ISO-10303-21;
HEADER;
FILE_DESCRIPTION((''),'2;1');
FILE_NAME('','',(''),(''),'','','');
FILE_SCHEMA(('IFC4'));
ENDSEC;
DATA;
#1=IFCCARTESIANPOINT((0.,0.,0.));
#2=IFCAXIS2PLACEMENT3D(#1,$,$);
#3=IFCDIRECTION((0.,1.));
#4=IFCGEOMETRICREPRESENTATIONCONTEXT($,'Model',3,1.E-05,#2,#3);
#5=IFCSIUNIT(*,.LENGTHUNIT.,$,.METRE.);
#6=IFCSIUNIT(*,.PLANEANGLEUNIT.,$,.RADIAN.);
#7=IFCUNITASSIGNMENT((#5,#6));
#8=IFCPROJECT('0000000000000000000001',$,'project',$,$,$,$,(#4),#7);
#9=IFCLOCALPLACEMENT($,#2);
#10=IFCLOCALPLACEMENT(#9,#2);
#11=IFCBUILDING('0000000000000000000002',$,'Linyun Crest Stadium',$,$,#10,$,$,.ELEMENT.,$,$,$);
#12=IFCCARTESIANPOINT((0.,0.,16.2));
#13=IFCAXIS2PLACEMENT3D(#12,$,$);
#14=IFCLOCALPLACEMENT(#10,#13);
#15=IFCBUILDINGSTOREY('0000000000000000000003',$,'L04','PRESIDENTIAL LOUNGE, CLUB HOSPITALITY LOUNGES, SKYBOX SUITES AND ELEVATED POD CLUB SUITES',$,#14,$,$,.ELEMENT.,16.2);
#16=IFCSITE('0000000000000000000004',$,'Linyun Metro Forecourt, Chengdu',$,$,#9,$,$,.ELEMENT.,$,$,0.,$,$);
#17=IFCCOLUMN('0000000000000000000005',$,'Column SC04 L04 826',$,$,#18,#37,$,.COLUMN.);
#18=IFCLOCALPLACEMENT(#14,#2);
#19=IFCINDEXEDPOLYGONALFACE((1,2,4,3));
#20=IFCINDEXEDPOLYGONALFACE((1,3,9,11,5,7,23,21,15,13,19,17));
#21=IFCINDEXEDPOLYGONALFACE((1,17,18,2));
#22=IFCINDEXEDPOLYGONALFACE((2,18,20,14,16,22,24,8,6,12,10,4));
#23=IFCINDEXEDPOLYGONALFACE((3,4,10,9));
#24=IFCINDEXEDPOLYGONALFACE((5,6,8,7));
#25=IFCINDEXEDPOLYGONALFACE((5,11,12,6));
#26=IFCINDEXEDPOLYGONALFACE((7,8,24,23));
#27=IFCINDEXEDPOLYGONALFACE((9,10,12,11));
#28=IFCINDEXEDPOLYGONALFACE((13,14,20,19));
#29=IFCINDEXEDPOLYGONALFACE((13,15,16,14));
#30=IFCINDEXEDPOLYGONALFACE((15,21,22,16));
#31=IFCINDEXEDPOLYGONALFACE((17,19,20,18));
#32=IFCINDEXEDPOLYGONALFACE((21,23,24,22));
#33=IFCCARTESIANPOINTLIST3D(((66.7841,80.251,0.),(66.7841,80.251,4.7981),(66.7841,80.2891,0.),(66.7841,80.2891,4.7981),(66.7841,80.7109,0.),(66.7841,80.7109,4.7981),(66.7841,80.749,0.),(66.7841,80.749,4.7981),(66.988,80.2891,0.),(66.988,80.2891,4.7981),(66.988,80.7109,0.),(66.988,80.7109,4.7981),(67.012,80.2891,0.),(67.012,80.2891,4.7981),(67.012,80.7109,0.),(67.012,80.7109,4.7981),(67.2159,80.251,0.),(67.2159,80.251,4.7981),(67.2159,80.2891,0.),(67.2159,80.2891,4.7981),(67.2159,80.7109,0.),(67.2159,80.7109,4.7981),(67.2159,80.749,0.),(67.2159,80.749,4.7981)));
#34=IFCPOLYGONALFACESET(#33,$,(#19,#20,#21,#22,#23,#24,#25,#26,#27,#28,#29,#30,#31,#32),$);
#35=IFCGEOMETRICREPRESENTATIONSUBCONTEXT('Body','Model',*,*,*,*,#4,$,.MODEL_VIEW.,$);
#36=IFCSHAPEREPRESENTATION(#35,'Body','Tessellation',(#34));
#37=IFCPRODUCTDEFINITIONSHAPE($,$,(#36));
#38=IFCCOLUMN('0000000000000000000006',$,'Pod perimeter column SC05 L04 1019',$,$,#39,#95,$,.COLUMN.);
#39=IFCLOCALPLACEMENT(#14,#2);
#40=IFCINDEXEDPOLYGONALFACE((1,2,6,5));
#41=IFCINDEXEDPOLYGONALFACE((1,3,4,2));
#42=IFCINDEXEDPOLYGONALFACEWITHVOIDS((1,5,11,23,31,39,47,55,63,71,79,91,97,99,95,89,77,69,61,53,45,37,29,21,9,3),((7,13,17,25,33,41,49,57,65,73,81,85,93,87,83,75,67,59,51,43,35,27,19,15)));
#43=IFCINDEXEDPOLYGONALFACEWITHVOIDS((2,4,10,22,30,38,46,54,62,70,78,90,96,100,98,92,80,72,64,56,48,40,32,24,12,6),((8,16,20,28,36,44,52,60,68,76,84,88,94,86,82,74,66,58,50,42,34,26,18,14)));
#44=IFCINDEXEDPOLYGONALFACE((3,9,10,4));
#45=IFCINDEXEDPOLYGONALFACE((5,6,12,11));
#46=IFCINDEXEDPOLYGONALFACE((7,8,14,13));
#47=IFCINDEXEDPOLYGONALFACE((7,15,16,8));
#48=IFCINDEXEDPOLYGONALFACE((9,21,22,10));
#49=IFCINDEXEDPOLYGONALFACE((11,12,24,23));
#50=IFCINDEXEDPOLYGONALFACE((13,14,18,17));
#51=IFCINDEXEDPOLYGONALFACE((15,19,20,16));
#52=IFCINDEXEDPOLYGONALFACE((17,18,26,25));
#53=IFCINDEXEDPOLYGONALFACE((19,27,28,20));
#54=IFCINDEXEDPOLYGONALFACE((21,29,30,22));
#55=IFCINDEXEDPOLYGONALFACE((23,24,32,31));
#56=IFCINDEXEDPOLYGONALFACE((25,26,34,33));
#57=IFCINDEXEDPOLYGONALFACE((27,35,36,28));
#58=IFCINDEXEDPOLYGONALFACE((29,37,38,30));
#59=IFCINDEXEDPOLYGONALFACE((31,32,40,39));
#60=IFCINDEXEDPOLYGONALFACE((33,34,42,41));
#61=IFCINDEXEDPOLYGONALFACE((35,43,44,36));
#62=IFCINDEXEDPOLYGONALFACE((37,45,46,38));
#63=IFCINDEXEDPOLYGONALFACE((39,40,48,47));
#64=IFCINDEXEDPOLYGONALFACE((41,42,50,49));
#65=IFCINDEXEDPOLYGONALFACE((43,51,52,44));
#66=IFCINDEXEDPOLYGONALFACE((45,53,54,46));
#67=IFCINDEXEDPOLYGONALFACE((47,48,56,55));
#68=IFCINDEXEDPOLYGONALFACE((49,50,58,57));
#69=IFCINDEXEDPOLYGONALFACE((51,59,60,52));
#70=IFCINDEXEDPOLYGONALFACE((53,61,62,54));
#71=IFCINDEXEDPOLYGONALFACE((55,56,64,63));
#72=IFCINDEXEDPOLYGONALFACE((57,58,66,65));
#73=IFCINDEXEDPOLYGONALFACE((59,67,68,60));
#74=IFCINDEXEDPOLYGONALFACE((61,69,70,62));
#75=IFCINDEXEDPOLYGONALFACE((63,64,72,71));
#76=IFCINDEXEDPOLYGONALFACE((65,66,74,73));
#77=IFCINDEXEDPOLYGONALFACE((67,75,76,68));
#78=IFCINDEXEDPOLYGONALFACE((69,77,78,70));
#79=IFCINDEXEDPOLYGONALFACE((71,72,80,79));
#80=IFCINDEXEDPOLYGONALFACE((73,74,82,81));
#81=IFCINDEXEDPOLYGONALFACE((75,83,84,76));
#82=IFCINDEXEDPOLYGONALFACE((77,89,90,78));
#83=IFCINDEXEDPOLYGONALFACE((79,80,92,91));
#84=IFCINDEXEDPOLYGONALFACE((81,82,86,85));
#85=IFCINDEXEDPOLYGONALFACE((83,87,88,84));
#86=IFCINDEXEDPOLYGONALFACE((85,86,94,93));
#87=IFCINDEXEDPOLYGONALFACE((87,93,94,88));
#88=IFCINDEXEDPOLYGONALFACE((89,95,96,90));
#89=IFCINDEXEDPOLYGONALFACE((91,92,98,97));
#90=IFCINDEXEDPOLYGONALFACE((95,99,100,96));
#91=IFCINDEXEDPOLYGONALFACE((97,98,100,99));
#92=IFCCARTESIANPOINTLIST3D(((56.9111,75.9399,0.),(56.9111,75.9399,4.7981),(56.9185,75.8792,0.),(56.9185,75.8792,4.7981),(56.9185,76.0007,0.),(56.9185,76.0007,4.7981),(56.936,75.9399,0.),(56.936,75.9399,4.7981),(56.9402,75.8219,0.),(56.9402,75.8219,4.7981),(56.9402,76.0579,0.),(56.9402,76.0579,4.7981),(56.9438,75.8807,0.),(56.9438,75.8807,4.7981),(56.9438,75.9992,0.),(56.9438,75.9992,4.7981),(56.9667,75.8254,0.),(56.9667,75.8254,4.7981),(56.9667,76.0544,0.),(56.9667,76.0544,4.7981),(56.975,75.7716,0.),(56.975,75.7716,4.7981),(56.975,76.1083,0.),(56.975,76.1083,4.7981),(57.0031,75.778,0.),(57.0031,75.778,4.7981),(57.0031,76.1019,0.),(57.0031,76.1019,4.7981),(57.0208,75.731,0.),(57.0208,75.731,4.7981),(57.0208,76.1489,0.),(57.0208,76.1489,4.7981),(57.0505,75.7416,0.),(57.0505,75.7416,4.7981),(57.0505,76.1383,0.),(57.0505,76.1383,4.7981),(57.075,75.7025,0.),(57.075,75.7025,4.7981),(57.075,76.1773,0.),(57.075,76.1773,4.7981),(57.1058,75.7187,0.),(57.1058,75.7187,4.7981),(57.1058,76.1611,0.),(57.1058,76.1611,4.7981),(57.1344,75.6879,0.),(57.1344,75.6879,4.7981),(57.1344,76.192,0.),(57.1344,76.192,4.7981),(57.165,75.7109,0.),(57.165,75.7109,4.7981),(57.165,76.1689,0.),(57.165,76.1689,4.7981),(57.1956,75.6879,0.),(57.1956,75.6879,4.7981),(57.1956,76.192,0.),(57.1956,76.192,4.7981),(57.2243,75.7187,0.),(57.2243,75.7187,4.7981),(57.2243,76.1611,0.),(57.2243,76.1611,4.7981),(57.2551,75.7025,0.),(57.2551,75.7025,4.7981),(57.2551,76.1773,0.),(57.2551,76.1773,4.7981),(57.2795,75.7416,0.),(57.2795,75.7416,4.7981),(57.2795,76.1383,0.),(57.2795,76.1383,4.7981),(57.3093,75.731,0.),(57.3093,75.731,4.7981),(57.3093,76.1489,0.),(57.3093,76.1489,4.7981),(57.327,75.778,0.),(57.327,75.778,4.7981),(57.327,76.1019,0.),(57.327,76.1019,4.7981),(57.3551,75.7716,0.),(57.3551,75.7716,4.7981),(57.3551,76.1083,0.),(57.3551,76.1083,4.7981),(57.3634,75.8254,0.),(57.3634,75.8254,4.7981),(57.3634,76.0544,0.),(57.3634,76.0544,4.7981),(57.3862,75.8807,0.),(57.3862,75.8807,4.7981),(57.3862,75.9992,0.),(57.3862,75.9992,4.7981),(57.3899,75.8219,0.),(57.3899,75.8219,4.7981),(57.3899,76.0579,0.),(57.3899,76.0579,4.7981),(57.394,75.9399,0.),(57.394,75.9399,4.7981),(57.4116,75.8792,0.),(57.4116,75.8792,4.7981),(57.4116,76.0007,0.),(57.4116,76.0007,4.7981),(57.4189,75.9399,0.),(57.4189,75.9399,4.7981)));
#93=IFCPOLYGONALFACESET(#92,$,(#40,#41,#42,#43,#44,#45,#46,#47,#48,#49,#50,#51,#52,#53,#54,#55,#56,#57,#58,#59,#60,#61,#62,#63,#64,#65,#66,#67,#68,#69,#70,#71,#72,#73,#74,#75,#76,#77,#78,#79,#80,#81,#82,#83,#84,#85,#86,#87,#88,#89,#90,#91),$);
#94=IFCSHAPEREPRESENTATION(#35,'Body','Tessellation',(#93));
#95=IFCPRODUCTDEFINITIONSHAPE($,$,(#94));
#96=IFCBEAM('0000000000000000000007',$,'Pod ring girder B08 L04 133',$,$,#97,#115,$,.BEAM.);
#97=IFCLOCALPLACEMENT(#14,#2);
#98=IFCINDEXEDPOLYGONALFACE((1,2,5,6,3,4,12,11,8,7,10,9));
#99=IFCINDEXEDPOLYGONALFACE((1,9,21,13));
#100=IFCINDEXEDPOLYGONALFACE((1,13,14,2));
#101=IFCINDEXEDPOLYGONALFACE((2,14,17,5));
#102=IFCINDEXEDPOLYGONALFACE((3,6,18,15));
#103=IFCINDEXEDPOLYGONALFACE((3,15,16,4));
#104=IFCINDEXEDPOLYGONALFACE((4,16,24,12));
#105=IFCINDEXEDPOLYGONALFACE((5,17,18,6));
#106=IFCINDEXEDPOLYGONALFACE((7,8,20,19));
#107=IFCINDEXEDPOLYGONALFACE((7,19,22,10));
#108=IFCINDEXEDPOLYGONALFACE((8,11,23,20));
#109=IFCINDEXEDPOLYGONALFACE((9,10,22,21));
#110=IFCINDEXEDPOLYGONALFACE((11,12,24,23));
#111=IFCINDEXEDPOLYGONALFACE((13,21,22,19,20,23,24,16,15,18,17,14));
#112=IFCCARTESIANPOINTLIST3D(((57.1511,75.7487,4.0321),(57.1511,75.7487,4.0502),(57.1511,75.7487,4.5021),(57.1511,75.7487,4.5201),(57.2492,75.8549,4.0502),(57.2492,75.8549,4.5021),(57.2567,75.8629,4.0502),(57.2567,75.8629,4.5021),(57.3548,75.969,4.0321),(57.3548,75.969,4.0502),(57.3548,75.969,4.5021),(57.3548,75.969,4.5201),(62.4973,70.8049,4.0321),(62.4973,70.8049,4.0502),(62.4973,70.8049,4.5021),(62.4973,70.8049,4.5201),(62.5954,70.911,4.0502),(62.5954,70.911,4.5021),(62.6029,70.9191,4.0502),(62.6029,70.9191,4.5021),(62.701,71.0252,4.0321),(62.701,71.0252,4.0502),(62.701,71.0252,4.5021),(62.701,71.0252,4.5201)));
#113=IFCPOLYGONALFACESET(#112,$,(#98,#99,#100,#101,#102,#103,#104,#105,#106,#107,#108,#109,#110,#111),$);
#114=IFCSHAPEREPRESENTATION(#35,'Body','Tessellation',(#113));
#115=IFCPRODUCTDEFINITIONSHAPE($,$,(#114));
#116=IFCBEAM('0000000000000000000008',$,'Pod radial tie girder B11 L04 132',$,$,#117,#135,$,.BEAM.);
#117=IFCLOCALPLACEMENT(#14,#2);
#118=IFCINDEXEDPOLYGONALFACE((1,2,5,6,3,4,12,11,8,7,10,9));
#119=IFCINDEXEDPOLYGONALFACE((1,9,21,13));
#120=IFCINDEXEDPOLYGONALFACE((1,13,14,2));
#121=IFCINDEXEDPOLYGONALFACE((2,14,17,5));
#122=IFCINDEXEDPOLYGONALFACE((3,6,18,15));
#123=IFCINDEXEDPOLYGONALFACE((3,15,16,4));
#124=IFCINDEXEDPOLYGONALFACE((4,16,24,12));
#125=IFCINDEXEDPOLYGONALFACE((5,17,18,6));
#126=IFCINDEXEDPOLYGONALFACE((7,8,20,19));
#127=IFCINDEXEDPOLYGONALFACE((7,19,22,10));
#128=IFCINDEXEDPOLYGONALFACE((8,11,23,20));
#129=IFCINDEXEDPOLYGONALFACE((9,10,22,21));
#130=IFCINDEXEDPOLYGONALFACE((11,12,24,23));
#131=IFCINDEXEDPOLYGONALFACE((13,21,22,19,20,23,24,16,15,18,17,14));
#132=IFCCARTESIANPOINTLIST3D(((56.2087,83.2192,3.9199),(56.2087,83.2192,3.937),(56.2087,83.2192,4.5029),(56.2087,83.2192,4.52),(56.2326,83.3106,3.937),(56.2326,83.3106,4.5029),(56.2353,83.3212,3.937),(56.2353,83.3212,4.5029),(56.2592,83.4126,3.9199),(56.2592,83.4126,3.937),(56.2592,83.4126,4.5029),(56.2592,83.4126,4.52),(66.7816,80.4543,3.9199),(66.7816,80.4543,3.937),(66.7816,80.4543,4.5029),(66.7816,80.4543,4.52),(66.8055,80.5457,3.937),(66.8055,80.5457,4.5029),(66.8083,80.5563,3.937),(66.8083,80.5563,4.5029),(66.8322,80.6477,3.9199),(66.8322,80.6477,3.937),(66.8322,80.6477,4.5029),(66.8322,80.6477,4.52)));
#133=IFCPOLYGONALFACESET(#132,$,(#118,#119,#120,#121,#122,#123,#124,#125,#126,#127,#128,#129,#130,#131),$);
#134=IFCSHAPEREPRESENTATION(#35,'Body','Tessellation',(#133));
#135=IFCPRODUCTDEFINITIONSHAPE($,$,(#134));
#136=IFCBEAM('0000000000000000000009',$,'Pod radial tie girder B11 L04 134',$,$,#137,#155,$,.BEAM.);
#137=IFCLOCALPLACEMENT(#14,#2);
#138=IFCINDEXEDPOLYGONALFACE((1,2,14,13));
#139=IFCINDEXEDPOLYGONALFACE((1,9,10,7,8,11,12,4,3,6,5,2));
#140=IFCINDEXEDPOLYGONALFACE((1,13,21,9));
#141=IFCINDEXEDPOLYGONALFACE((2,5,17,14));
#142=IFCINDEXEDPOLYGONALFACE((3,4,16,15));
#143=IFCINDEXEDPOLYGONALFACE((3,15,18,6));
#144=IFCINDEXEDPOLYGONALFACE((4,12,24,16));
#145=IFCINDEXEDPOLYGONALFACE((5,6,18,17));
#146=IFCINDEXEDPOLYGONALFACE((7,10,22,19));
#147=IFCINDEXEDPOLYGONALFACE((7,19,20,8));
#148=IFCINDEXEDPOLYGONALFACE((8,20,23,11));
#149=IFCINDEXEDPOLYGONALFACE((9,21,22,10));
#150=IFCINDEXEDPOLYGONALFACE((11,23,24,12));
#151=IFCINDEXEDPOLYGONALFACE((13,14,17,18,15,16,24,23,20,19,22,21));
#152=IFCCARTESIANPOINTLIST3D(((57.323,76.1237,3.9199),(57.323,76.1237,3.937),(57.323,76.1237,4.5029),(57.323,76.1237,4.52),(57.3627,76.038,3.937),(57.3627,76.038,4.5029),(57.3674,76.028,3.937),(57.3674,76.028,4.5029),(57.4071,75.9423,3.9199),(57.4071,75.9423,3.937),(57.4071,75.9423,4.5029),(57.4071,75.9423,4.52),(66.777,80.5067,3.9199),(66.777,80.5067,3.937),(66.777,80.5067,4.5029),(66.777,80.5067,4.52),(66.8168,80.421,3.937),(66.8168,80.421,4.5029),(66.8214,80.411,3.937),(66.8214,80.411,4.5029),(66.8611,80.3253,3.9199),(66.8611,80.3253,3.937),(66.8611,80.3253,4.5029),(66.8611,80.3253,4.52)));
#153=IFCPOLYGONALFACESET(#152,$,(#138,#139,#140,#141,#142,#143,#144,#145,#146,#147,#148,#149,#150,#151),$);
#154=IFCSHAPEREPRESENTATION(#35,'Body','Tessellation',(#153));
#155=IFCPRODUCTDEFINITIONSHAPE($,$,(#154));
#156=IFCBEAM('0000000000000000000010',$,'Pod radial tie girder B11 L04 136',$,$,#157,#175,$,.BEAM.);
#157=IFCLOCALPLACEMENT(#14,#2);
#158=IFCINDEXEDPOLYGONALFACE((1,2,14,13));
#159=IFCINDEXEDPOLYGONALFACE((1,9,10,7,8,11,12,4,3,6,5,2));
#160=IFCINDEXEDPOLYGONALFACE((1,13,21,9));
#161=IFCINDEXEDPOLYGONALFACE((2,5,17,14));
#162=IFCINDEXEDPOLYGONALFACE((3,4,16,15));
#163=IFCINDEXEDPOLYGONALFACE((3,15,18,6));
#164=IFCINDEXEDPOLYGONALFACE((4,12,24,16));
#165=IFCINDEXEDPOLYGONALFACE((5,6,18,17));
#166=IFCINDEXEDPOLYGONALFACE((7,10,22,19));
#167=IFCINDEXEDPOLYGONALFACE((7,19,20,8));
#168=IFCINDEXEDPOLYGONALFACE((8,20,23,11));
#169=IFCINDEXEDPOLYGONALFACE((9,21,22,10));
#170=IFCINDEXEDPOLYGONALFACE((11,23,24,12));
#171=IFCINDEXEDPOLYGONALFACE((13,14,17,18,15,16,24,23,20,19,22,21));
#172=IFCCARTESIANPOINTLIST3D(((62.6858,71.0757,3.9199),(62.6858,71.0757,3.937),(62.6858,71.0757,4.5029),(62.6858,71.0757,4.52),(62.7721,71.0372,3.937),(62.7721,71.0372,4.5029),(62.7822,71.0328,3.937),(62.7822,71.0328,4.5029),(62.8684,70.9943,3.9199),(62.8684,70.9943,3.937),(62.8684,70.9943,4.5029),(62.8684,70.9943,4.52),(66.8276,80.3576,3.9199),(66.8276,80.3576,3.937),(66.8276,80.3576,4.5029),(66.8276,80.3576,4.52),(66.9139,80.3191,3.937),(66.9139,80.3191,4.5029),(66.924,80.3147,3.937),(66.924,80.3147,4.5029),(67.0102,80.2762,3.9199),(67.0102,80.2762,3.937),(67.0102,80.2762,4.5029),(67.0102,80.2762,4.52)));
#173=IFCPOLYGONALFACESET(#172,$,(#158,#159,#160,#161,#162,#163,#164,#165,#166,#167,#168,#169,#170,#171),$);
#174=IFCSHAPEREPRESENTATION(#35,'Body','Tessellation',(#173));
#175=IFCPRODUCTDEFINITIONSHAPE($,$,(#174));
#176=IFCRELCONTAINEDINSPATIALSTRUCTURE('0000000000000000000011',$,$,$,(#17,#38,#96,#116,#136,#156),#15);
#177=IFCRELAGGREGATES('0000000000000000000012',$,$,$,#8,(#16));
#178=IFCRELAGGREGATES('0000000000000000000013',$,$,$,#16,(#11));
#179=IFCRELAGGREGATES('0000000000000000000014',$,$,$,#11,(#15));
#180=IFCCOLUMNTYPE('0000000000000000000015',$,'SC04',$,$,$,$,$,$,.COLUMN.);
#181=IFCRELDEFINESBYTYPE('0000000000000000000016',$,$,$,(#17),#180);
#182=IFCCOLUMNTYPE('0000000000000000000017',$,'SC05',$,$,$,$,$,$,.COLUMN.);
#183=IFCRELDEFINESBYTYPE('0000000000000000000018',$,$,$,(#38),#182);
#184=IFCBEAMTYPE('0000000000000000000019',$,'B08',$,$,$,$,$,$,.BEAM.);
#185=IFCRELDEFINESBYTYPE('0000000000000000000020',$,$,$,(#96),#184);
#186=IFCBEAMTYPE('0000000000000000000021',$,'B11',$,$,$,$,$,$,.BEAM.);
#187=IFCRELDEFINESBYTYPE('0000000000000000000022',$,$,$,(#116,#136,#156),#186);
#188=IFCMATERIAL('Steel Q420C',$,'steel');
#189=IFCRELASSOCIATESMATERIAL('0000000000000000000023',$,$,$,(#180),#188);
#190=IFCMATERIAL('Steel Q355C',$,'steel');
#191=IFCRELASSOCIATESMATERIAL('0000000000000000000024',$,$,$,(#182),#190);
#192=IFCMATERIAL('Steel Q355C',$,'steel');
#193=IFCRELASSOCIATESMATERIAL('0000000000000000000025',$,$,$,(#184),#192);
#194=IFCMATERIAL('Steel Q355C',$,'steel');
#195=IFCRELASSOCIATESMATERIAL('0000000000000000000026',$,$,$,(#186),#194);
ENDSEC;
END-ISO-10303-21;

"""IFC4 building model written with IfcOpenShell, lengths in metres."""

from ifc_helpers import new_model, si_unit, direction, frame, origin, origin_2d, place, context, subcontext, project, spatial, hollow_circle, i_section, extrude, material, material_profile, profile_set, type_object, element, save


model = new_model("IFC4")

# Units and contexts
model_context = context("Model", 3, precision=1e-05, world=origin(), true_north=direction((0.0, 1.0)))
body_context = subcontext(model_context, "Body", "Model", "MODEL_VIEW")
ifc_project = project(units=[si_unit("LENGTHUNIT", "METRE"), si_unit("PLANEANGLEUNIT", "RADIAN")], contexts=[model_context])

# Site, building, storey
site_placement = place(None, origin())
site = spatial("IfcSite", under=ifc_project, at=site_placement, Name="Linyun Metro Forecourt, Chengdu", CompositionType="ELEMENT", RefElevation=0.0)
building_placement = place(site_placement, origin())
building = spatial("IfcBuilding", under=site, at=building_placement, Name="Linyun Crest Stadium", CompositionType="ELEMENT")
storey_placement = place(building_placement, frame((0.0, 0.0, 16.2)))
storey = spatial("IfcBuildingStorey", under=building, at=storey_placement, Name="L04", Description="PRESIDENTIAL LOUNGE, CLUB HOSPITALITY LOUNGES, SKYBOX SUITES AND ELEVATED POD CLUB SUITES", CompositionType="ELEMENT", Elevation=16.2)

# Columns
ifc_material_1 = material(Name="Steel Q420C", Category="steel")
ifc_material_profile_1 = material_profile(ifc_material_1, i_section(OverallWidth=0.4319, OverallDepth=0.498, WebThickness=0.0239, FlangeThickness=0.0381, at=origin_2d()), Name="HW 498x432")
ifc_profile_set_1 = profile_set([ifc_material_profile_1], Name="Steel Q420C")
column_type_1 = type_object("IfcColumnType", Name="SC04", PredefinedType="COLUMN", material=ifc_profile_set_1)
column_1_placement = place(storey_placement, frame((67.0, 80.5, 0.0), z_axis=(0.0, 0.0, 1.0), x_axis=(1.0, 0.0, 0.0)))
element("IfcColumn", 1, at=column_1_placement, inside=storey, type_object=column_type_1, Name="Column SC04 L04 826", PredefinedType="COLUMN", context=body_context, shape_type="SweptSolid", body=[
    extrude(i_section(OverallWidth=0.4319, OverallDepth=0.498, WebThickness=0.0239, FlangeThickness=0.0381, at=origin_2d()), origin(), (0.0, 0.0, 1.0), 4.7981),
])
ifc_material_2 = material(Name="Steel Q355C", Category="steel")
ifc_material_profile_2 = material_profile(ifc_material_2, hollow_circle(Radius=0.2539, WallThickness=0.0249, at=origin_2d()), Name="CHS 508x25")
ifc_profile_set_2 = profile_set([ifc_material_profile_2], Name="Steel Q355C")
column_type_2 = type_object("IfcColumnType", Name="SC05", PredefinedType="COLUMN", material=ifc_profile_set_2)
column_2_placement = place(storey_placement, frame((57.165, 75.9399, 0.0), z_axis=(0.0, 0.0, 1.0), x_axis=(1.0, 0.0, 0.0)))
element("IfcColumn", 2, at=column_2_placement, inside=storey, type_object=column_type_2, Name="Pod perimeter column SC05 L04 1019", PredefinedType="COLUMN", context=body_context, shape_type="SweptSolid", body=[
    extrude(hollow_circle(Radius=0.2539, WallThickness=0.0249, at=origin_2d()), origin(), (0.0, 0.0, 1.0), 4.7981),
])

# Beams
ifc_material_3 = material(Name="Steel Q355C", Category="steel")
ifc_material_profile_3 = material_profile(ifc_material_3, i_section(OverallWidth=0.3, OverallDepth=0.488, WebThickness=0.011, FlangeThickness=0.0181, at=origin_2d()), Name="HM 488x300")
ifc_profile_set_3 = profile_set([ifc_material_profile_3], Name="Steel Q355C")
beam_type_1 = type_object("IfcBeamType", Name="B08", PredefinedType="BEAM", material=ifc_profile_set_3)
beam_1_placement = place(storey_placement, frame((57.2529, 75.8589, 4.2761), z_axis=(0.734194, -0.67894, 0.0), x_axis=(0.67894, 0.734194, 0.0)))
element("IfcBeam", 3, at=beam_1_placement, inside=storey, type_object=beam_type_1, Name="Pod ring girder B08 L04 133", PredefinedType="BEAM", context=body_context, shape_type="SweptSolid", body=[
    extrude(i_section(OverallWidth=0.3, OverallDepth=0.488, WebThickness=0.011, FlangeThickness=0.0181, at=origin_2d()), origin(), (0.0, 0.0, 1.0), 7.2817),
])
ifc_material_4 = material(Name="Steel Q355C", Category="steel")
ifc_material_profile_4 = material_profile(ifc_material_4, i_section(OverallWidth=0.2, OverallDepth=0.6001, WebThickness=0.011, FlangeThickness=0.0171, at=origin_2d()), Name="HN 600x200")
ifc_profile_set_4 = profile_set([ifc_material_profile_4], Name="Steel Q355C")
beam_type_2 = type_object("IfcBeamType", Name="B11", PredefinedType="BEAM", material=ifc_profile_set_4)
beam_2_placement = place(storey_placement, frame((66.8069, 80.551, 4.22), z_axis=(-0.967467, 0.252998, 0.0), x_axis=(-0.252998, -0.967467, 0.0)))
element("IfcBeam", 4, at=beam_2_placement, inside=storey, type_object=beam_type_2, Name="Pod radial tie girder B11 L04 132", PredefinedType="BEAM", context=body_context, shape_type="SweptSolid", body=[
    extrude(i_section(OverallWidth=0.2, OverallDepth=0.6001, WebThickness=0.011, FlangeThickness=0.0171, at=origin_2d()), origin(), (0.0, 0.0, 1.0), 10.9285),
])
beam_3_placement = place(storey_placement, frame((66.8191, 80.416, 4.22), z_axis=(-0.907241, -0.42061, 0.0), x_axis=(0.42061, -0.907241, 0.0)))
element("IfcBeam", 5, at=beam_3_placement, inside=storey, type_object=beam_type_2, Name="Pod radial tie girder B11 L04 134", PredefinedType="BEAM", context=body_context, shape_type="SweptSolid", body=[
    extrude(i_section(OverallWidth=0.2, OverallDepth=0.6001, WebThickness=0.011, FlangeThickness=0.0171, at=origin_2d()), origin(), (0.0, 0.0, 1.0), 10.4207),
])
beam_4_placement = place(storey_placement, frame((66.9189, 80.3169, 4.22), z_axis=(-0.407495, -0.913207, 0.0), x_axis=(0.913207, -0.407495, 0.0)))
element("IfcBeam", 6, at=beam_4_placement, inside=storey, type_object=beam_type_2, Name="Pod radial tie girder B11 L04 136", PredefinedType="BEAM", context=body_context, shape_type="SweptSolid", body=[
    extrude(i_section(OverallWidth=0.2, OverallDepth=0.6001, WebThickness=0.011, FlangeThickness=0.0171, at=origin_2d()), origin(), (0.0, 0.0, 1.0), 10.1641),
])

save(model, "model.ifc")
